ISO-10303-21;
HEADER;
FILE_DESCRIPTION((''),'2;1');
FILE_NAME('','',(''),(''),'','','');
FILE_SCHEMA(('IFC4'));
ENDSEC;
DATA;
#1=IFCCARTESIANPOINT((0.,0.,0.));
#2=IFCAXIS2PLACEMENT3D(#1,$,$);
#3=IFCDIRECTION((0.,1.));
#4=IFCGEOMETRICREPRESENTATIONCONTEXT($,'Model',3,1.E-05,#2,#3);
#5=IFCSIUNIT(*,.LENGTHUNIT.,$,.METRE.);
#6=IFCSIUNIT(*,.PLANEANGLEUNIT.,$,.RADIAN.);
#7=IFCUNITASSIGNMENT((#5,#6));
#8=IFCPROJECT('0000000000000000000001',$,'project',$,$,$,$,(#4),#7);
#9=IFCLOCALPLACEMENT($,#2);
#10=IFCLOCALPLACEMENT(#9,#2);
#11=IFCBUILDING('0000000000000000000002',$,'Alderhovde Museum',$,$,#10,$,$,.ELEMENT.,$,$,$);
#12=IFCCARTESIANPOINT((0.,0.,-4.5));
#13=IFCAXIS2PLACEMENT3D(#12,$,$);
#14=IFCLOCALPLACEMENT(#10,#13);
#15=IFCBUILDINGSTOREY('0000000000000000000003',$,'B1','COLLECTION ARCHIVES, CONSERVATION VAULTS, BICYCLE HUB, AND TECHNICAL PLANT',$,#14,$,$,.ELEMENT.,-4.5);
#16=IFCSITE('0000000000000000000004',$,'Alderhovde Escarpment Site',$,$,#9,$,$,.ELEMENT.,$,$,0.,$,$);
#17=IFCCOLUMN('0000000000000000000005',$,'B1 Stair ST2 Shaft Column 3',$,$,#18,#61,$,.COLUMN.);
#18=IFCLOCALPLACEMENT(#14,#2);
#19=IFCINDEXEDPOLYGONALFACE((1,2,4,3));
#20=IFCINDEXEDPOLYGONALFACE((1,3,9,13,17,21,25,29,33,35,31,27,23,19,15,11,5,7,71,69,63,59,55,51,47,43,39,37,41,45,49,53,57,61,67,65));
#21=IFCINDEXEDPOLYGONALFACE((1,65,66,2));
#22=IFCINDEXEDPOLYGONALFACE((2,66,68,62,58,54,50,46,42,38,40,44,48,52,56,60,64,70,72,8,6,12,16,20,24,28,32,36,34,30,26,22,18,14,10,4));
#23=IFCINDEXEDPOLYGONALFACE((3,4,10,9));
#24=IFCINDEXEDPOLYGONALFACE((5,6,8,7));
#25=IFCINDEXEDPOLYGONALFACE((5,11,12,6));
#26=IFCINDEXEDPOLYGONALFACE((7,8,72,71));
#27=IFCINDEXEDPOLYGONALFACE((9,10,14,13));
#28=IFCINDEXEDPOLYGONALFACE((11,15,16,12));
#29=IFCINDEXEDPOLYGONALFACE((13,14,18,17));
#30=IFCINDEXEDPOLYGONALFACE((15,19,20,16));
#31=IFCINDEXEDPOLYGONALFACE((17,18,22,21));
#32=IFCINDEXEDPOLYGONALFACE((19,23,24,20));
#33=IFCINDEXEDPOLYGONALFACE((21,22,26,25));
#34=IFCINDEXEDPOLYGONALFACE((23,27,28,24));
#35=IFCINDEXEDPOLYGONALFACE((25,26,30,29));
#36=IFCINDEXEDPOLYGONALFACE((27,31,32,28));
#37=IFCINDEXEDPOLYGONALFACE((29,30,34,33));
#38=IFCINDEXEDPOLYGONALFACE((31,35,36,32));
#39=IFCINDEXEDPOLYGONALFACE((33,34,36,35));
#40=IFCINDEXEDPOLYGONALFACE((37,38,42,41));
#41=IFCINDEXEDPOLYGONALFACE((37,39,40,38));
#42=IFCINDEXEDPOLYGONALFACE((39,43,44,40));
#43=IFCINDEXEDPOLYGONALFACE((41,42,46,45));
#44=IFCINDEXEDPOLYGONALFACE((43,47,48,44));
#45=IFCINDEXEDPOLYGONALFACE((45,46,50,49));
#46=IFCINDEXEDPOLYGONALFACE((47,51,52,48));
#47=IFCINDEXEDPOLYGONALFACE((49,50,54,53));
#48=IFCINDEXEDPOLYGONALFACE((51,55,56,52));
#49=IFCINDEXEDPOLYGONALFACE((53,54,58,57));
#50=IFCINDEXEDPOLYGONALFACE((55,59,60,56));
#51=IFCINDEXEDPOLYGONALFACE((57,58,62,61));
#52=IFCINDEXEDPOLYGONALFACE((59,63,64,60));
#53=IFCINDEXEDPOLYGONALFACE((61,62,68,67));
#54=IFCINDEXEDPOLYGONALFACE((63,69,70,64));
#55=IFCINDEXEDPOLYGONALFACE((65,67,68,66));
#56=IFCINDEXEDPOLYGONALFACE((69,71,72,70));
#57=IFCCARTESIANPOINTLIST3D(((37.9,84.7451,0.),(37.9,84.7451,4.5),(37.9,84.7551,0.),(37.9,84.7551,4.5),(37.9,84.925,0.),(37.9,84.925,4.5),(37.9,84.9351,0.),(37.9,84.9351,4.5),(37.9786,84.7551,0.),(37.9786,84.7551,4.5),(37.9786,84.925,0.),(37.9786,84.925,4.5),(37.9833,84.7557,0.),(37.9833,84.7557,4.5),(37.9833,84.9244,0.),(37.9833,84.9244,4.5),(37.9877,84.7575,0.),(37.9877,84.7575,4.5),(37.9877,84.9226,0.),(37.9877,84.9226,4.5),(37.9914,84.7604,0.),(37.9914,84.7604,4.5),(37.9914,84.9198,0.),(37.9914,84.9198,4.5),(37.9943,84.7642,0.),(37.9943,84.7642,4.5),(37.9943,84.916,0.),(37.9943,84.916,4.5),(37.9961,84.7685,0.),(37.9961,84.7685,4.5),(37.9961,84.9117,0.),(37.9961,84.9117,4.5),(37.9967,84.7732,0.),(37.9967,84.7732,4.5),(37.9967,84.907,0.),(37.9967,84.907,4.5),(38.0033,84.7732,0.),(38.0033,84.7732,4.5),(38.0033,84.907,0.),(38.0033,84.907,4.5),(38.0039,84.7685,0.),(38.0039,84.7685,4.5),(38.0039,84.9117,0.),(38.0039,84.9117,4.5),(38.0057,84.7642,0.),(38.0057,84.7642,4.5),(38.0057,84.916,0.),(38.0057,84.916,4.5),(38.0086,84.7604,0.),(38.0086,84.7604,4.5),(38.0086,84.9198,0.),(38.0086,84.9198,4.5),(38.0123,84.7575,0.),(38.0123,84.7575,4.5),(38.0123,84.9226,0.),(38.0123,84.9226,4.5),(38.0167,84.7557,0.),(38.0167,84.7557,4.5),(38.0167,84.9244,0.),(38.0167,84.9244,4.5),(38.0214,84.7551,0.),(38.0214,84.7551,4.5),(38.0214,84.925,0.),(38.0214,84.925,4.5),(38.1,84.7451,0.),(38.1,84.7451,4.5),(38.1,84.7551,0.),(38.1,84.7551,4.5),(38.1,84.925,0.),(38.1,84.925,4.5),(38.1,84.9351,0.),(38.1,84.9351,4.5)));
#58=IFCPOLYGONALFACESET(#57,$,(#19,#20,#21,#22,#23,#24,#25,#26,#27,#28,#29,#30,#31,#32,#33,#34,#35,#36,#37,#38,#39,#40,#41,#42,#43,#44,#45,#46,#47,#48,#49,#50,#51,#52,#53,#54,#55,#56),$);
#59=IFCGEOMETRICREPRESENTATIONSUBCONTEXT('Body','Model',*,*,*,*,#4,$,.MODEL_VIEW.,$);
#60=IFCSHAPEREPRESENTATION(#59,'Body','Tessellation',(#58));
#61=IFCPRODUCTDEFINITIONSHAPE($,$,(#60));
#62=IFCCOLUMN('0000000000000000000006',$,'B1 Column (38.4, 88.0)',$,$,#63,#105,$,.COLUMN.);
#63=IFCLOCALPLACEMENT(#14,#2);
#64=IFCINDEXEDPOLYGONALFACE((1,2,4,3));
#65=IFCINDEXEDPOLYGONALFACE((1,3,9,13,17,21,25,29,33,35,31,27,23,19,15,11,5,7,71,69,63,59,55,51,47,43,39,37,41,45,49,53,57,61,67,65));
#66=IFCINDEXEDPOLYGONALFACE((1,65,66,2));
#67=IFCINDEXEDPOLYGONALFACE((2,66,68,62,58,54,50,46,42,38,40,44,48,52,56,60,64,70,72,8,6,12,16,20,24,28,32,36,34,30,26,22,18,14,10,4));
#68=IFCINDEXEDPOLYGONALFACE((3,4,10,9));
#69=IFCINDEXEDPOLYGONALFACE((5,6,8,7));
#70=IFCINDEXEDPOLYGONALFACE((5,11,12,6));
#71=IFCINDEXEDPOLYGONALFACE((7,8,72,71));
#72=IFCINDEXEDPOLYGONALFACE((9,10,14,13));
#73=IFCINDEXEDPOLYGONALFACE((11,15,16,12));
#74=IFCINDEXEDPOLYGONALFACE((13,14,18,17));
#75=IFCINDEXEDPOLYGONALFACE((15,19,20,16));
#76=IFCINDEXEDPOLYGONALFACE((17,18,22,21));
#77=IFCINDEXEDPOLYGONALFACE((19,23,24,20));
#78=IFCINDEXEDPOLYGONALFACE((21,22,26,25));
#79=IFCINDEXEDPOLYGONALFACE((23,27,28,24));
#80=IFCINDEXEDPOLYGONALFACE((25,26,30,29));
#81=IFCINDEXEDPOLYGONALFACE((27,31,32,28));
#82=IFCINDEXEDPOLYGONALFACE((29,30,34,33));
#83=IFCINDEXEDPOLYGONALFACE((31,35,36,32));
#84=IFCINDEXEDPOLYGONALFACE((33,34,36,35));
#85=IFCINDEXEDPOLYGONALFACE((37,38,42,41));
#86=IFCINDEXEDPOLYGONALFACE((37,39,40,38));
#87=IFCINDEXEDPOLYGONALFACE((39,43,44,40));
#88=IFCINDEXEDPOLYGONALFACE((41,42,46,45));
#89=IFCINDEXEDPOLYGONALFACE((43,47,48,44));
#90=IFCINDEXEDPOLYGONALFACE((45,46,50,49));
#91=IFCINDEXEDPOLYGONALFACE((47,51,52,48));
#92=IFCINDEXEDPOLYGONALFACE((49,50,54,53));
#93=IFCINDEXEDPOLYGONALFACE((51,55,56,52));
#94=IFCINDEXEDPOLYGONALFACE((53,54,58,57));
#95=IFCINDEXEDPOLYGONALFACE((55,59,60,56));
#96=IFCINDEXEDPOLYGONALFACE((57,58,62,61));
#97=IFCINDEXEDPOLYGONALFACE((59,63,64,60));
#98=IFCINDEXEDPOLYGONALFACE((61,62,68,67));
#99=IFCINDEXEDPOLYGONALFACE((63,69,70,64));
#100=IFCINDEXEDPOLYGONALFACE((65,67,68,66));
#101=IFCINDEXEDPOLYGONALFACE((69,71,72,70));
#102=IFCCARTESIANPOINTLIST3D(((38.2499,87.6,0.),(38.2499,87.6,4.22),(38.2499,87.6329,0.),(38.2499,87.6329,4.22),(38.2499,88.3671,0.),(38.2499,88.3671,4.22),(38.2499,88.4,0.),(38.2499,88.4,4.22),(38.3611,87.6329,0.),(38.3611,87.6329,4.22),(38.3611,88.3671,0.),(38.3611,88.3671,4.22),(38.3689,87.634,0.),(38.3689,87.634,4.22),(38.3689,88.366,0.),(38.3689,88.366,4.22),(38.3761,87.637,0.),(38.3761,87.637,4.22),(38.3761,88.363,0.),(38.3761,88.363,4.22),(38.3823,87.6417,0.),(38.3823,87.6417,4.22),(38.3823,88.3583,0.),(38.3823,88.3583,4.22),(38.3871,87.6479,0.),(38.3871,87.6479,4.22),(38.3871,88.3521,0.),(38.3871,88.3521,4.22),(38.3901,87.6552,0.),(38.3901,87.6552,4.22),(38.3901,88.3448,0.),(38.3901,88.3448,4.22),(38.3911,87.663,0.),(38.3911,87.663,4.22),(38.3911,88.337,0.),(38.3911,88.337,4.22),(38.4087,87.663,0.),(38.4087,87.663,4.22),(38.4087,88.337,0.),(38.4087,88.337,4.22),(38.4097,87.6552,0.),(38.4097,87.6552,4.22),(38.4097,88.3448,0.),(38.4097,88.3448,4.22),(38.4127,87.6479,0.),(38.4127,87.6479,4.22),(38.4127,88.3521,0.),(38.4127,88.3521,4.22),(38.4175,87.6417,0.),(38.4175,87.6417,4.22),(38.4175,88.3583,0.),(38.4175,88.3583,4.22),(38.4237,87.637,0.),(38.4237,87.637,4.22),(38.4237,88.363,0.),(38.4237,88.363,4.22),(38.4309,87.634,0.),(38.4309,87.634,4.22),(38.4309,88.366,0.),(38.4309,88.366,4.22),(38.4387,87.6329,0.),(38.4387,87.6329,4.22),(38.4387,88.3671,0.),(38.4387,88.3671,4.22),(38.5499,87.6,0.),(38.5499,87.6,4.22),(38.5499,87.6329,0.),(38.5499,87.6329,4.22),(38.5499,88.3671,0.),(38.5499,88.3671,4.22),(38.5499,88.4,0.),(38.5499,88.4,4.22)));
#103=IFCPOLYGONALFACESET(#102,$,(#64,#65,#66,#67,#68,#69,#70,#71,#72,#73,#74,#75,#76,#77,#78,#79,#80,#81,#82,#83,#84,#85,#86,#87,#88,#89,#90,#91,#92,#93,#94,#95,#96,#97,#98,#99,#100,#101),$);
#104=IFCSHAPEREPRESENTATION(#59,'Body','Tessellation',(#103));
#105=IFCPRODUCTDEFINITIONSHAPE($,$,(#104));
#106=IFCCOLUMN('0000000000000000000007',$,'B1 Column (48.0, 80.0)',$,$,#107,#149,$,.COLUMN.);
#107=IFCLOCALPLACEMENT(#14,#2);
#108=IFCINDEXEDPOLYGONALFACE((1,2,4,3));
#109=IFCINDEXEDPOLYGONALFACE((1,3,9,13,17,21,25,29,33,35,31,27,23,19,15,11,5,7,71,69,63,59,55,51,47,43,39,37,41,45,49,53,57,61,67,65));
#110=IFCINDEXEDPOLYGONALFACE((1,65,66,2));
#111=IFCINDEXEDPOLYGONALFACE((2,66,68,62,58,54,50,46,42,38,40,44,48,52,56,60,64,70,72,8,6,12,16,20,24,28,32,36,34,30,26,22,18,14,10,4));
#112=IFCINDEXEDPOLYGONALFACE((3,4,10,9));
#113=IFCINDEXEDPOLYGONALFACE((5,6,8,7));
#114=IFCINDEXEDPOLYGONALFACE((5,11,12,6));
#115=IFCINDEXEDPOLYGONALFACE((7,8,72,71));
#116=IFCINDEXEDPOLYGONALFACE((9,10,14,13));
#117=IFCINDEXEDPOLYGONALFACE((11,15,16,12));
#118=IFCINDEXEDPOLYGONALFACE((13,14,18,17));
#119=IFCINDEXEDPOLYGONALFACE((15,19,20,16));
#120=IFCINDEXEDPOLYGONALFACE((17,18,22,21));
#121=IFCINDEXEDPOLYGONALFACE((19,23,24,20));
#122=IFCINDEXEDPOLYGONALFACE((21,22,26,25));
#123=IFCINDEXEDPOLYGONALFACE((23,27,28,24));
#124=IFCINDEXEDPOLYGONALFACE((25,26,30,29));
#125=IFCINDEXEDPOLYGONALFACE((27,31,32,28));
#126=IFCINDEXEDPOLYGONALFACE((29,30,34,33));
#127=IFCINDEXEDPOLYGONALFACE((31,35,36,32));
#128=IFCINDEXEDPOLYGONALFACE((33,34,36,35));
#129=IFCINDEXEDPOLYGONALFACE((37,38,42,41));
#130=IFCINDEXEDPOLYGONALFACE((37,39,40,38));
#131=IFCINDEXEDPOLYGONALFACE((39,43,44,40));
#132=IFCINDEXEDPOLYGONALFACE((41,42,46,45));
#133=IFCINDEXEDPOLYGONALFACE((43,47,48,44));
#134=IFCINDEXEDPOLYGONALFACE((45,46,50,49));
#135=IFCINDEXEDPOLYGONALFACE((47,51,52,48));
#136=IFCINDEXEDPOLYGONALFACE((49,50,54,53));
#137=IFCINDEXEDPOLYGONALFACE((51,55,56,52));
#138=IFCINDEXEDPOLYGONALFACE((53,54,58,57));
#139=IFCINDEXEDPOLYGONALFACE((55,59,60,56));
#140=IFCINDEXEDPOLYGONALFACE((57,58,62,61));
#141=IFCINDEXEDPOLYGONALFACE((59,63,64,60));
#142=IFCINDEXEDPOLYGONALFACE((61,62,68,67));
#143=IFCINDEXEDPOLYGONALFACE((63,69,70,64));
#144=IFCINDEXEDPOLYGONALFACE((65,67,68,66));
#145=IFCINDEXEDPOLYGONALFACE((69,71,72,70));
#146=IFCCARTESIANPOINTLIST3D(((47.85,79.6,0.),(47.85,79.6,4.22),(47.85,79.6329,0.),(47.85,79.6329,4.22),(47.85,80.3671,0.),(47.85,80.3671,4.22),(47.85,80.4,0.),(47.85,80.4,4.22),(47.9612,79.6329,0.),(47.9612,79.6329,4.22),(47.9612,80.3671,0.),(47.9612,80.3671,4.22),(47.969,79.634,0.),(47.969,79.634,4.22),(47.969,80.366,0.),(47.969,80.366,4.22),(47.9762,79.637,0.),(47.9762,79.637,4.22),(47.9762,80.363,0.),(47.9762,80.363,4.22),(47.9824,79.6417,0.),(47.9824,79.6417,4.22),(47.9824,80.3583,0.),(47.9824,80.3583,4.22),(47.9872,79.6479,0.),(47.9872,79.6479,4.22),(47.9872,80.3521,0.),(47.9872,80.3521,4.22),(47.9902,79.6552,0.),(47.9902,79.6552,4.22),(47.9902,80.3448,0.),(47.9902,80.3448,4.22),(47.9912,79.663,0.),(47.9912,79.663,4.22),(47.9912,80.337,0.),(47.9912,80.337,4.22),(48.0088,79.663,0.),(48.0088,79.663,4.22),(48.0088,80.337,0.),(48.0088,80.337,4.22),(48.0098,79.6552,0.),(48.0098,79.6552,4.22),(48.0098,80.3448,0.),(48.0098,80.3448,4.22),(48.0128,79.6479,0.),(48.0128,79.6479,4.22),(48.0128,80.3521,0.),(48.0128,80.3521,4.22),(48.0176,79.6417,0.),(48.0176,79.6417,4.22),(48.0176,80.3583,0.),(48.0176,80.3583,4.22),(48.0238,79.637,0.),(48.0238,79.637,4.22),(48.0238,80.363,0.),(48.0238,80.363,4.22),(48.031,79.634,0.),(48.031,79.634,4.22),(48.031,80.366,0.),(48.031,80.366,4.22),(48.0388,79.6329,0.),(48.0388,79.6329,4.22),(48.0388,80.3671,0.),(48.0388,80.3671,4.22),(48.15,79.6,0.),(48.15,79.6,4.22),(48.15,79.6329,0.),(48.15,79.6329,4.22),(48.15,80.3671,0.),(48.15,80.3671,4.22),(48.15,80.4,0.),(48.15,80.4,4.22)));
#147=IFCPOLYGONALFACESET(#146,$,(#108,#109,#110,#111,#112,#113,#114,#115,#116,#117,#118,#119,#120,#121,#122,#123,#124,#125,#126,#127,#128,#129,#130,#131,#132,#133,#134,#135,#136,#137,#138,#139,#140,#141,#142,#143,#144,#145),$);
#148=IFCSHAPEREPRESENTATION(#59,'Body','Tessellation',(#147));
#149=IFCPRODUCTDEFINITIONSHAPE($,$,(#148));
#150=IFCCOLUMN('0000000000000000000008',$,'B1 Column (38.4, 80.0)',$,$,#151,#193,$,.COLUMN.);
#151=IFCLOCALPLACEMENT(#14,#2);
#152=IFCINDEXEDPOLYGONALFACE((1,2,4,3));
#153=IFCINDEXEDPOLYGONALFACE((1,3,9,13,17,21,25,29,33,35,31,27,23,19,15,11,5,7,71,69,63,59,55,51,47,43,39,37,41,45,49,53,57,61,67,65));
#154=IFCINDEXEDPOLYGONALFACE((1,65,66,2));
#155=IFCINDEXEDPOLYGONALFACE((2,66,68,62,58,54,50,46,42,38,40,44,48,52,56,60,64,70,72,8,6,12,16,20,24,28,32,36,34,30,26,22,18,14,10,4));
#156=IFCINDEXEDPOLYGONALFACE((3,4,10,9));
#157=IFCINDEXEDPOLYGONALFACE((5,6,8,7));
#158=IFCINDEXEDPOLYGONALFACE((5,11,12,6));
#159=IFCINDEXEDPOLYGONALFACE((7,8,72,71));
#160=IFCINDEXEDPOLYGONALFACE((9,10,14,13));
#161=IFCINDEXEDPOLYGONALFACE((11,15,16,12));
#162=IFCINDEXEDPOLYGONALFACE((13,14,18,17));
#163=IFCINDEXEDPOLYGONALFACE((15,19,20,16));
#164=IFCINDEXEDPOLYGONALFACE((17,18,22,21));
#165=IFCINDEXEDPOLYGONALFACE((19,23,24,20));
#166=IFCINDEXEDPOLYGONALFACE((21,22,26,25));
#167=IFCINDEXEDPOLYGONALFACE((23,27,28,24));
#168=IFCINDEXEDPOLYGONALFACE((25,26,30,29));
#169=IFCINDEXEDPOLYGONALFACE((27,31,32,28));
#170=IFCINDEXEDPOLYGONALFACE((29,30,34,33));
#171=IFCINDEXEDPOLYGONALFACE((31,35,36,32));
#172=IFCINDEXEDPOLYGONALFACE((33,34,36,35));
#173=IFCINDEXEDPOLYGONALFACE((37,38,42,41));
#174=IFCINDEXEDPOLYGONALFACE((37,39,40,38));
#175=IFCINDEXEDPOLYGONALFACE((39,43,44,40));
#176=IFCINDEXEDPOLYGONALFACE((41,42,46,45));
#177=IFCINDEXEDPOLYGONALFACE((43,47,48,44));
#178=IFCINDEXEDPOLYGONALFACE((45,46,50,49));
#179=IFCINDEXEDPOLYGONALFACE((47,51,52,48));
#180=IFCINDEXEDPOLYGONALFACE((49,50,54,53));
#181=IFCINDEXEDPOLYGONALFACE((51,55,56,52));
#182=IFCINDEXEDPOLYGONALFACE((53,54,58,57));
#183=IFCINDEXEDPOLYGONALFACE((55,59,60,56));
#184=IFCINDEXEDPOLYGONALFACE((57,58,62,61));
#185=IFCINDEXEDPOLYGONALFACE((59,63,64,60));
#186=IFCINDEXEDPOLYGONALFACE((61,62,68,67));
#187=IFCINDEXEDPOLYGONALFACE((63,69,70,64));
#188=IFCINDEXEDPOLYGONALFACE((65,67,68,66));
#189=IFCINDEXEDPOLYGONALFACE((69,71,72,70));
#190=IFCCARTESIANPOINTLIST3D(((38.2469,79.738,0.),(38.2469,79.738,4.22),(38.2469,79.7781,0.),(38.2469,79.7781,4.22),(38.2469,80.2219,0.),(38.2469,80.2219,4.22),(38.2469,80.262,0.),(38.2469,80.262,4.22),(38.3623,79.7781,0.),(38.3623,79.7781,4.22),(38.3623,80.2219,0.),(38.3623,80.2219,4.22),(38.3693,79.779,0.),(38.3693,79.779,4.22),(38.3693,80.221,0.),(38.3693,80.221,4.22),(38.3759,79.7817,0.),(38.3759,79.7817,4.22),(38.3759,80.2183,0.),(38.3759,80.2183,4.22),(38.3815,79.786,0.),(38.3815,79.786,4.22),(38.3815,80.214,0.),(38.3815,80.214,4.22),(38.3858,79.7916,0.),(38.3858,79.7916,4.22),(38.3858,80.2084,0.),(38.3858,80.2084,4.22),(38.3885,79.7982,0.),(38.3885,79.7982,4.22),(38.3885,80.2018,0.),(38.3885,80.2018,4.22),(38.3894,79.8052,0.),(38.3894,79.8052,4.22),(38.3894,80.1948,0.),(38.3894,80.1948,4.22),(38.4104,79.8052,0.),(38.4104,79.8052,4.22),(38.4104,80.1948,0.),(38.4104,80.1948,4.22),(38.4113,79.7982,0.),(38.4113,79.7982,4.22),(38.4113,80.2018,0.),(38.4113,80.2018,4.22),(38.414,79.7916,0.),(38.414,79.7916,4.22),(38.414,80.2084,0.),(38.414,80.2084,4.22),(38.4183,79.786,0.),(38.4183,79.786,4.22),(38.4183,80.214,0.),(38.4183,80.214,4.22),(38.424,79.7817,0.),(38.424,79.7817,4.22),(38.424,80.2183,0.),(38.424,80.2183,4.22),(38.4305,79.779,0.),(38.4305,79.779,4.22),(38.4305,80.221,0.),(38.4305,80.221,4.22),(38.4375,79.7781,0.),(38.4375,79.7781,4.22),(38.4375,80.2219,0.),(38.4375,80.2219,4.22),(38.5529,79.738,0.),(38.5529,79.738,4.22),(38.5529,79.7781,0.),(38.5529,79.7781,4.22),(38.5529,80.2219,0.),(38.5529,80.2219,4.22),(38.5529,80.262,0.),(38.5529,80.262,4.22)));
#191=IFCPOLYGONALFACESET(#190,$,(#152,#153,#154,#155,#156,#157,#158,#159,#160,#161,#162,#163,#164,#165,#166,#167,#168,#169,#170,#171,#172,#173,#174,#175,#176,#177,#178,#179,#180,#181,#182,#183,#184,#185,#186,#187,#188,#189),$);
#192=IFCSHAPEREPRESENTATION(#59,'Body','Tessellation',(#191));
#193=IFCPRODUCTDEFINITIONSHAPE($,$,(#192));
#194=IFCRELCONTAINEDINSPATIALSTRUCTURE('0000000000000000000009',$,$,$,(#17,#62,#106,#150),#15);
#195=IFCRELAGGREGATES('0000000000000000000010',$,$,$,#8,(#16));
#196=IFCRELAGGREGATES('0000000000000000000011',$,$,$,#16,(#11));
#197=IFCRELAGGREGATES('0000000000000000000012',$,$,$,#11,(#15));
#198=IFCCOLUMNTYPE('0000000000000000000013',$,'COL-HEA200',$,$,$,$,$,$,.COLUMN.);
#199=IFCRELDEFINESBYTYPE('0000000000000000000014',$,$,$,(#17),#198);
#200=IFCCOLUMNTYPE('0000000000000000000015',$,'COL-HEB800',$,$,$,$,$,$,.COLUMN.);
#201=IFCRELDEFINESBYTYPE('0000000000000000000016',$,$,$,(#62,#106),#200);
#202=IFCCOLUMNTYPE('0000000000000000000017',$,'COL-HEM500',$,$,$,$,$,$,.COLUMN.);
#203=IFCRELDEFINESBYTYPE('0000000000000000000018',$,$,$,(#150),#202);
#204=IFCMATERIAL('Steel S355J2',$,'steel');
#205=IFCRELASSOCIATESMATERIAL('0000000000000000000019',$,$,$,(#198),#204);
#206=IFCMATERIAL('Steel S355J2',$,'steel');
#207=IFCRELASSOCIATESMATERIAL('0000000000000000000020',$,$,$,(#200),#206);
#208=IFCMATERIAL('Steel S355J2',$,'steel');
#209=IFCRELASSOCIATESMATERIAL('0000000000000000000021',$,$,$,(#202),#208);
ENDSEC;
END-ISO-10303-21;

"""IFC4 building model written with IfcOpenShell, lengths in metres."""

from ifc_helpers import new_model, si_unit, direction, frame, origin, origin_2d, place, context, subcontext, project, spatial, i_section, extrude, material, material_profile, profile_set, type_object, element, save


model = new_model("IFC4")

# Units and contexts
model_context = context("Model", 3, precision=1e-05, world=origin(), true_north=direction((0.0, 1.0)))
body_context = subcontext(model_context, "Body", "Model", "MODEL_VIEW")
ifc_project = project(units=[si_unit("LENGTHUNIT", "METRE"), si_unit("PLANEANGLEUNIT", "RADIAN")], contexts=[model_context])

# Site, building, storey
site_placement = place(None, origin())
site = spatial("IfcSite", under=ifc_project, at=site_placement, Name="Alderhovde Escarpment Site", CompositionType="ELEMENT", RefElevation=0.0)
building_placement = place(site_placement, origin())
building = spatial("IfcBuilding", under=site, at=building_placement, Name="Alderhovde Museum", CompositionType="ELEMENT")
storey_placement = place(building_placement, frame((0.0, 0.0, -4.5)))
storey = spatial("IfcBuildingStorey", under=building, at=storey_placement, Name="B1", Description="COLLECTION ARCHIVES, CONSERVATION VAULTS, BICYCLE HUB, AND TECHNICAL PLANT", CompositionType="ELEMENT", Elevation=-4.5)

# Columns
ifc_material_1 = material(Name="Steel S355J2", Category="steel")
ifc_material_profile_1 = material_profile(ifc_material_1, i_section(OverallWidth=0.2, OverallDepth=0.1899, WebThickness=0.0066, FlangeThickness=0.01, FilletRadius=0.0181, at=origin_2d()), Name="HEA 200")
ifc_profile_set_1 = profile_set([ifc_material_profile_1], Name="Steel S355J2")
column_type_1 = type_object("IfcColumnType", Name="COL-HEA200", PredefinedType="COLUMN", material=ifc_profile_set_1)
for number, where, z_axis, x_axis, name in (
    (1, (38.0, 84.8401, 0.0), (0.0, 0.0, 1.0), (1.0, 0.0, 0.0), "B1 Stair ST2 Shaft Column 3"),
):
    element("IfcColumn", number, at=place(storey_placement, frame(where, z_axis=z_axis, x_axis=x_axis)), inside=storey, type_object=column_type_1, Name=name, PredefinedType="COLUMN", context=body_context, shape_type="SweptSolid", body=[
        extrude(i_section(OverallWidth=0.2, OverallDepth=0.1899, WebThickness=0.0066, FlangeThickness=0.01, FilletRadius=0.0181, at=origin_2d()), origin(), (0.0, 0.0, 1.0), 4.5),
    ])
ifc_material_2 = material(Name="Steel S355J2", Category="steel")
ifc_material_profile_2 = material_profile(ifc_material_2, i_section(OverallWidth=0.3, OverallDepth=0.8, WebThickness=0.0176, FlangeThickness=0.033, FilletRadius=0.03, at=origin_2d()), Name="HEB 800")
ifc_profile_set_2 = profile_set([ifc_material_profile_2], Name="Steel S355J2")
column_type_2 = type_object("IfcColumnType", Name="COL-HEB800", PredefinedType="COLUMN", material=ifc_profile_set_2)
for number, where, z_axis, x_axis, name in (
    (2, (38.3999, 88.0, 0.0), (0.0, 0.0, 1.0), (1.0, 0.0, 0.0), "B1 Column (38.4, 88.0)"),
    (3, (48.0, 80.0, 0.0), (0.0, 0.0, 1.0), (1.0, 0.0, 0.0), "B1 Column (48.0, 80.0)"),
):
    element("IfcColumn", number, at=place(storey_placement, frame(where, z_axis=z_axis, x_axis=x_axis)), inside=storey, type_object=column_type_2, Name=name, PredefinedType="COLUMN", context=body_context, shape_type="SweptSolid", body=[
        extrude(i_section(OverallWidth=0.3, OverallDepth=0.8, WebThickness=0.0176, FlangeThickness=0.033, FilletRadius=0.03, at=origin_2d()), origin(), (0.0, 0.0, 1.0), 4.22),
    ])
ifc_material_3 = material(Name="Steel S355J2", Category="steel")
ifc_material_profile_3 = material_profile(ifc_material_3, i_section(OverallWidth=0.3059, OverallDepth=0.5239, WebThickness=0.021, FlangeThickness=0.04, FilletRadius=0.0271, at=origin_2d()), Name="HEM 500")
ifc_profile_set_3 = profile_set([ifc_material_profile_3], Name="Steel S355J2")
column_type_3 = type_object("IfcColumnType", Name="COL-HEM500", PredefinedType="COLUMN", material=ifc_profile_set_3)
column_1_placement = place(storey_placement, frame((38.3999, 80.0, 0.0), z_axis=(0.0, 0.0, 1.0), x_axis=(1.0, 0.0, 0.0)))
element("IfcColumn", 4, at=column_1_placement, inside=storey, type_object=column_type_3, Name="B1 Column (38.4, 80.0)", PredefinedType="COLUMN", context=body_context, shape_type="SweptSolid", body=[
    extrude(i_section(OverallWidth=0.3059, OverallDepth=0.5239, WebThickness=0.021, FlangeThickness=0.04, FilletRadius=0.0271, at=origin_2d()), origin(), (0.0, 0.0, 1.0), 4.22),
])

save(model, "model.ifc")
